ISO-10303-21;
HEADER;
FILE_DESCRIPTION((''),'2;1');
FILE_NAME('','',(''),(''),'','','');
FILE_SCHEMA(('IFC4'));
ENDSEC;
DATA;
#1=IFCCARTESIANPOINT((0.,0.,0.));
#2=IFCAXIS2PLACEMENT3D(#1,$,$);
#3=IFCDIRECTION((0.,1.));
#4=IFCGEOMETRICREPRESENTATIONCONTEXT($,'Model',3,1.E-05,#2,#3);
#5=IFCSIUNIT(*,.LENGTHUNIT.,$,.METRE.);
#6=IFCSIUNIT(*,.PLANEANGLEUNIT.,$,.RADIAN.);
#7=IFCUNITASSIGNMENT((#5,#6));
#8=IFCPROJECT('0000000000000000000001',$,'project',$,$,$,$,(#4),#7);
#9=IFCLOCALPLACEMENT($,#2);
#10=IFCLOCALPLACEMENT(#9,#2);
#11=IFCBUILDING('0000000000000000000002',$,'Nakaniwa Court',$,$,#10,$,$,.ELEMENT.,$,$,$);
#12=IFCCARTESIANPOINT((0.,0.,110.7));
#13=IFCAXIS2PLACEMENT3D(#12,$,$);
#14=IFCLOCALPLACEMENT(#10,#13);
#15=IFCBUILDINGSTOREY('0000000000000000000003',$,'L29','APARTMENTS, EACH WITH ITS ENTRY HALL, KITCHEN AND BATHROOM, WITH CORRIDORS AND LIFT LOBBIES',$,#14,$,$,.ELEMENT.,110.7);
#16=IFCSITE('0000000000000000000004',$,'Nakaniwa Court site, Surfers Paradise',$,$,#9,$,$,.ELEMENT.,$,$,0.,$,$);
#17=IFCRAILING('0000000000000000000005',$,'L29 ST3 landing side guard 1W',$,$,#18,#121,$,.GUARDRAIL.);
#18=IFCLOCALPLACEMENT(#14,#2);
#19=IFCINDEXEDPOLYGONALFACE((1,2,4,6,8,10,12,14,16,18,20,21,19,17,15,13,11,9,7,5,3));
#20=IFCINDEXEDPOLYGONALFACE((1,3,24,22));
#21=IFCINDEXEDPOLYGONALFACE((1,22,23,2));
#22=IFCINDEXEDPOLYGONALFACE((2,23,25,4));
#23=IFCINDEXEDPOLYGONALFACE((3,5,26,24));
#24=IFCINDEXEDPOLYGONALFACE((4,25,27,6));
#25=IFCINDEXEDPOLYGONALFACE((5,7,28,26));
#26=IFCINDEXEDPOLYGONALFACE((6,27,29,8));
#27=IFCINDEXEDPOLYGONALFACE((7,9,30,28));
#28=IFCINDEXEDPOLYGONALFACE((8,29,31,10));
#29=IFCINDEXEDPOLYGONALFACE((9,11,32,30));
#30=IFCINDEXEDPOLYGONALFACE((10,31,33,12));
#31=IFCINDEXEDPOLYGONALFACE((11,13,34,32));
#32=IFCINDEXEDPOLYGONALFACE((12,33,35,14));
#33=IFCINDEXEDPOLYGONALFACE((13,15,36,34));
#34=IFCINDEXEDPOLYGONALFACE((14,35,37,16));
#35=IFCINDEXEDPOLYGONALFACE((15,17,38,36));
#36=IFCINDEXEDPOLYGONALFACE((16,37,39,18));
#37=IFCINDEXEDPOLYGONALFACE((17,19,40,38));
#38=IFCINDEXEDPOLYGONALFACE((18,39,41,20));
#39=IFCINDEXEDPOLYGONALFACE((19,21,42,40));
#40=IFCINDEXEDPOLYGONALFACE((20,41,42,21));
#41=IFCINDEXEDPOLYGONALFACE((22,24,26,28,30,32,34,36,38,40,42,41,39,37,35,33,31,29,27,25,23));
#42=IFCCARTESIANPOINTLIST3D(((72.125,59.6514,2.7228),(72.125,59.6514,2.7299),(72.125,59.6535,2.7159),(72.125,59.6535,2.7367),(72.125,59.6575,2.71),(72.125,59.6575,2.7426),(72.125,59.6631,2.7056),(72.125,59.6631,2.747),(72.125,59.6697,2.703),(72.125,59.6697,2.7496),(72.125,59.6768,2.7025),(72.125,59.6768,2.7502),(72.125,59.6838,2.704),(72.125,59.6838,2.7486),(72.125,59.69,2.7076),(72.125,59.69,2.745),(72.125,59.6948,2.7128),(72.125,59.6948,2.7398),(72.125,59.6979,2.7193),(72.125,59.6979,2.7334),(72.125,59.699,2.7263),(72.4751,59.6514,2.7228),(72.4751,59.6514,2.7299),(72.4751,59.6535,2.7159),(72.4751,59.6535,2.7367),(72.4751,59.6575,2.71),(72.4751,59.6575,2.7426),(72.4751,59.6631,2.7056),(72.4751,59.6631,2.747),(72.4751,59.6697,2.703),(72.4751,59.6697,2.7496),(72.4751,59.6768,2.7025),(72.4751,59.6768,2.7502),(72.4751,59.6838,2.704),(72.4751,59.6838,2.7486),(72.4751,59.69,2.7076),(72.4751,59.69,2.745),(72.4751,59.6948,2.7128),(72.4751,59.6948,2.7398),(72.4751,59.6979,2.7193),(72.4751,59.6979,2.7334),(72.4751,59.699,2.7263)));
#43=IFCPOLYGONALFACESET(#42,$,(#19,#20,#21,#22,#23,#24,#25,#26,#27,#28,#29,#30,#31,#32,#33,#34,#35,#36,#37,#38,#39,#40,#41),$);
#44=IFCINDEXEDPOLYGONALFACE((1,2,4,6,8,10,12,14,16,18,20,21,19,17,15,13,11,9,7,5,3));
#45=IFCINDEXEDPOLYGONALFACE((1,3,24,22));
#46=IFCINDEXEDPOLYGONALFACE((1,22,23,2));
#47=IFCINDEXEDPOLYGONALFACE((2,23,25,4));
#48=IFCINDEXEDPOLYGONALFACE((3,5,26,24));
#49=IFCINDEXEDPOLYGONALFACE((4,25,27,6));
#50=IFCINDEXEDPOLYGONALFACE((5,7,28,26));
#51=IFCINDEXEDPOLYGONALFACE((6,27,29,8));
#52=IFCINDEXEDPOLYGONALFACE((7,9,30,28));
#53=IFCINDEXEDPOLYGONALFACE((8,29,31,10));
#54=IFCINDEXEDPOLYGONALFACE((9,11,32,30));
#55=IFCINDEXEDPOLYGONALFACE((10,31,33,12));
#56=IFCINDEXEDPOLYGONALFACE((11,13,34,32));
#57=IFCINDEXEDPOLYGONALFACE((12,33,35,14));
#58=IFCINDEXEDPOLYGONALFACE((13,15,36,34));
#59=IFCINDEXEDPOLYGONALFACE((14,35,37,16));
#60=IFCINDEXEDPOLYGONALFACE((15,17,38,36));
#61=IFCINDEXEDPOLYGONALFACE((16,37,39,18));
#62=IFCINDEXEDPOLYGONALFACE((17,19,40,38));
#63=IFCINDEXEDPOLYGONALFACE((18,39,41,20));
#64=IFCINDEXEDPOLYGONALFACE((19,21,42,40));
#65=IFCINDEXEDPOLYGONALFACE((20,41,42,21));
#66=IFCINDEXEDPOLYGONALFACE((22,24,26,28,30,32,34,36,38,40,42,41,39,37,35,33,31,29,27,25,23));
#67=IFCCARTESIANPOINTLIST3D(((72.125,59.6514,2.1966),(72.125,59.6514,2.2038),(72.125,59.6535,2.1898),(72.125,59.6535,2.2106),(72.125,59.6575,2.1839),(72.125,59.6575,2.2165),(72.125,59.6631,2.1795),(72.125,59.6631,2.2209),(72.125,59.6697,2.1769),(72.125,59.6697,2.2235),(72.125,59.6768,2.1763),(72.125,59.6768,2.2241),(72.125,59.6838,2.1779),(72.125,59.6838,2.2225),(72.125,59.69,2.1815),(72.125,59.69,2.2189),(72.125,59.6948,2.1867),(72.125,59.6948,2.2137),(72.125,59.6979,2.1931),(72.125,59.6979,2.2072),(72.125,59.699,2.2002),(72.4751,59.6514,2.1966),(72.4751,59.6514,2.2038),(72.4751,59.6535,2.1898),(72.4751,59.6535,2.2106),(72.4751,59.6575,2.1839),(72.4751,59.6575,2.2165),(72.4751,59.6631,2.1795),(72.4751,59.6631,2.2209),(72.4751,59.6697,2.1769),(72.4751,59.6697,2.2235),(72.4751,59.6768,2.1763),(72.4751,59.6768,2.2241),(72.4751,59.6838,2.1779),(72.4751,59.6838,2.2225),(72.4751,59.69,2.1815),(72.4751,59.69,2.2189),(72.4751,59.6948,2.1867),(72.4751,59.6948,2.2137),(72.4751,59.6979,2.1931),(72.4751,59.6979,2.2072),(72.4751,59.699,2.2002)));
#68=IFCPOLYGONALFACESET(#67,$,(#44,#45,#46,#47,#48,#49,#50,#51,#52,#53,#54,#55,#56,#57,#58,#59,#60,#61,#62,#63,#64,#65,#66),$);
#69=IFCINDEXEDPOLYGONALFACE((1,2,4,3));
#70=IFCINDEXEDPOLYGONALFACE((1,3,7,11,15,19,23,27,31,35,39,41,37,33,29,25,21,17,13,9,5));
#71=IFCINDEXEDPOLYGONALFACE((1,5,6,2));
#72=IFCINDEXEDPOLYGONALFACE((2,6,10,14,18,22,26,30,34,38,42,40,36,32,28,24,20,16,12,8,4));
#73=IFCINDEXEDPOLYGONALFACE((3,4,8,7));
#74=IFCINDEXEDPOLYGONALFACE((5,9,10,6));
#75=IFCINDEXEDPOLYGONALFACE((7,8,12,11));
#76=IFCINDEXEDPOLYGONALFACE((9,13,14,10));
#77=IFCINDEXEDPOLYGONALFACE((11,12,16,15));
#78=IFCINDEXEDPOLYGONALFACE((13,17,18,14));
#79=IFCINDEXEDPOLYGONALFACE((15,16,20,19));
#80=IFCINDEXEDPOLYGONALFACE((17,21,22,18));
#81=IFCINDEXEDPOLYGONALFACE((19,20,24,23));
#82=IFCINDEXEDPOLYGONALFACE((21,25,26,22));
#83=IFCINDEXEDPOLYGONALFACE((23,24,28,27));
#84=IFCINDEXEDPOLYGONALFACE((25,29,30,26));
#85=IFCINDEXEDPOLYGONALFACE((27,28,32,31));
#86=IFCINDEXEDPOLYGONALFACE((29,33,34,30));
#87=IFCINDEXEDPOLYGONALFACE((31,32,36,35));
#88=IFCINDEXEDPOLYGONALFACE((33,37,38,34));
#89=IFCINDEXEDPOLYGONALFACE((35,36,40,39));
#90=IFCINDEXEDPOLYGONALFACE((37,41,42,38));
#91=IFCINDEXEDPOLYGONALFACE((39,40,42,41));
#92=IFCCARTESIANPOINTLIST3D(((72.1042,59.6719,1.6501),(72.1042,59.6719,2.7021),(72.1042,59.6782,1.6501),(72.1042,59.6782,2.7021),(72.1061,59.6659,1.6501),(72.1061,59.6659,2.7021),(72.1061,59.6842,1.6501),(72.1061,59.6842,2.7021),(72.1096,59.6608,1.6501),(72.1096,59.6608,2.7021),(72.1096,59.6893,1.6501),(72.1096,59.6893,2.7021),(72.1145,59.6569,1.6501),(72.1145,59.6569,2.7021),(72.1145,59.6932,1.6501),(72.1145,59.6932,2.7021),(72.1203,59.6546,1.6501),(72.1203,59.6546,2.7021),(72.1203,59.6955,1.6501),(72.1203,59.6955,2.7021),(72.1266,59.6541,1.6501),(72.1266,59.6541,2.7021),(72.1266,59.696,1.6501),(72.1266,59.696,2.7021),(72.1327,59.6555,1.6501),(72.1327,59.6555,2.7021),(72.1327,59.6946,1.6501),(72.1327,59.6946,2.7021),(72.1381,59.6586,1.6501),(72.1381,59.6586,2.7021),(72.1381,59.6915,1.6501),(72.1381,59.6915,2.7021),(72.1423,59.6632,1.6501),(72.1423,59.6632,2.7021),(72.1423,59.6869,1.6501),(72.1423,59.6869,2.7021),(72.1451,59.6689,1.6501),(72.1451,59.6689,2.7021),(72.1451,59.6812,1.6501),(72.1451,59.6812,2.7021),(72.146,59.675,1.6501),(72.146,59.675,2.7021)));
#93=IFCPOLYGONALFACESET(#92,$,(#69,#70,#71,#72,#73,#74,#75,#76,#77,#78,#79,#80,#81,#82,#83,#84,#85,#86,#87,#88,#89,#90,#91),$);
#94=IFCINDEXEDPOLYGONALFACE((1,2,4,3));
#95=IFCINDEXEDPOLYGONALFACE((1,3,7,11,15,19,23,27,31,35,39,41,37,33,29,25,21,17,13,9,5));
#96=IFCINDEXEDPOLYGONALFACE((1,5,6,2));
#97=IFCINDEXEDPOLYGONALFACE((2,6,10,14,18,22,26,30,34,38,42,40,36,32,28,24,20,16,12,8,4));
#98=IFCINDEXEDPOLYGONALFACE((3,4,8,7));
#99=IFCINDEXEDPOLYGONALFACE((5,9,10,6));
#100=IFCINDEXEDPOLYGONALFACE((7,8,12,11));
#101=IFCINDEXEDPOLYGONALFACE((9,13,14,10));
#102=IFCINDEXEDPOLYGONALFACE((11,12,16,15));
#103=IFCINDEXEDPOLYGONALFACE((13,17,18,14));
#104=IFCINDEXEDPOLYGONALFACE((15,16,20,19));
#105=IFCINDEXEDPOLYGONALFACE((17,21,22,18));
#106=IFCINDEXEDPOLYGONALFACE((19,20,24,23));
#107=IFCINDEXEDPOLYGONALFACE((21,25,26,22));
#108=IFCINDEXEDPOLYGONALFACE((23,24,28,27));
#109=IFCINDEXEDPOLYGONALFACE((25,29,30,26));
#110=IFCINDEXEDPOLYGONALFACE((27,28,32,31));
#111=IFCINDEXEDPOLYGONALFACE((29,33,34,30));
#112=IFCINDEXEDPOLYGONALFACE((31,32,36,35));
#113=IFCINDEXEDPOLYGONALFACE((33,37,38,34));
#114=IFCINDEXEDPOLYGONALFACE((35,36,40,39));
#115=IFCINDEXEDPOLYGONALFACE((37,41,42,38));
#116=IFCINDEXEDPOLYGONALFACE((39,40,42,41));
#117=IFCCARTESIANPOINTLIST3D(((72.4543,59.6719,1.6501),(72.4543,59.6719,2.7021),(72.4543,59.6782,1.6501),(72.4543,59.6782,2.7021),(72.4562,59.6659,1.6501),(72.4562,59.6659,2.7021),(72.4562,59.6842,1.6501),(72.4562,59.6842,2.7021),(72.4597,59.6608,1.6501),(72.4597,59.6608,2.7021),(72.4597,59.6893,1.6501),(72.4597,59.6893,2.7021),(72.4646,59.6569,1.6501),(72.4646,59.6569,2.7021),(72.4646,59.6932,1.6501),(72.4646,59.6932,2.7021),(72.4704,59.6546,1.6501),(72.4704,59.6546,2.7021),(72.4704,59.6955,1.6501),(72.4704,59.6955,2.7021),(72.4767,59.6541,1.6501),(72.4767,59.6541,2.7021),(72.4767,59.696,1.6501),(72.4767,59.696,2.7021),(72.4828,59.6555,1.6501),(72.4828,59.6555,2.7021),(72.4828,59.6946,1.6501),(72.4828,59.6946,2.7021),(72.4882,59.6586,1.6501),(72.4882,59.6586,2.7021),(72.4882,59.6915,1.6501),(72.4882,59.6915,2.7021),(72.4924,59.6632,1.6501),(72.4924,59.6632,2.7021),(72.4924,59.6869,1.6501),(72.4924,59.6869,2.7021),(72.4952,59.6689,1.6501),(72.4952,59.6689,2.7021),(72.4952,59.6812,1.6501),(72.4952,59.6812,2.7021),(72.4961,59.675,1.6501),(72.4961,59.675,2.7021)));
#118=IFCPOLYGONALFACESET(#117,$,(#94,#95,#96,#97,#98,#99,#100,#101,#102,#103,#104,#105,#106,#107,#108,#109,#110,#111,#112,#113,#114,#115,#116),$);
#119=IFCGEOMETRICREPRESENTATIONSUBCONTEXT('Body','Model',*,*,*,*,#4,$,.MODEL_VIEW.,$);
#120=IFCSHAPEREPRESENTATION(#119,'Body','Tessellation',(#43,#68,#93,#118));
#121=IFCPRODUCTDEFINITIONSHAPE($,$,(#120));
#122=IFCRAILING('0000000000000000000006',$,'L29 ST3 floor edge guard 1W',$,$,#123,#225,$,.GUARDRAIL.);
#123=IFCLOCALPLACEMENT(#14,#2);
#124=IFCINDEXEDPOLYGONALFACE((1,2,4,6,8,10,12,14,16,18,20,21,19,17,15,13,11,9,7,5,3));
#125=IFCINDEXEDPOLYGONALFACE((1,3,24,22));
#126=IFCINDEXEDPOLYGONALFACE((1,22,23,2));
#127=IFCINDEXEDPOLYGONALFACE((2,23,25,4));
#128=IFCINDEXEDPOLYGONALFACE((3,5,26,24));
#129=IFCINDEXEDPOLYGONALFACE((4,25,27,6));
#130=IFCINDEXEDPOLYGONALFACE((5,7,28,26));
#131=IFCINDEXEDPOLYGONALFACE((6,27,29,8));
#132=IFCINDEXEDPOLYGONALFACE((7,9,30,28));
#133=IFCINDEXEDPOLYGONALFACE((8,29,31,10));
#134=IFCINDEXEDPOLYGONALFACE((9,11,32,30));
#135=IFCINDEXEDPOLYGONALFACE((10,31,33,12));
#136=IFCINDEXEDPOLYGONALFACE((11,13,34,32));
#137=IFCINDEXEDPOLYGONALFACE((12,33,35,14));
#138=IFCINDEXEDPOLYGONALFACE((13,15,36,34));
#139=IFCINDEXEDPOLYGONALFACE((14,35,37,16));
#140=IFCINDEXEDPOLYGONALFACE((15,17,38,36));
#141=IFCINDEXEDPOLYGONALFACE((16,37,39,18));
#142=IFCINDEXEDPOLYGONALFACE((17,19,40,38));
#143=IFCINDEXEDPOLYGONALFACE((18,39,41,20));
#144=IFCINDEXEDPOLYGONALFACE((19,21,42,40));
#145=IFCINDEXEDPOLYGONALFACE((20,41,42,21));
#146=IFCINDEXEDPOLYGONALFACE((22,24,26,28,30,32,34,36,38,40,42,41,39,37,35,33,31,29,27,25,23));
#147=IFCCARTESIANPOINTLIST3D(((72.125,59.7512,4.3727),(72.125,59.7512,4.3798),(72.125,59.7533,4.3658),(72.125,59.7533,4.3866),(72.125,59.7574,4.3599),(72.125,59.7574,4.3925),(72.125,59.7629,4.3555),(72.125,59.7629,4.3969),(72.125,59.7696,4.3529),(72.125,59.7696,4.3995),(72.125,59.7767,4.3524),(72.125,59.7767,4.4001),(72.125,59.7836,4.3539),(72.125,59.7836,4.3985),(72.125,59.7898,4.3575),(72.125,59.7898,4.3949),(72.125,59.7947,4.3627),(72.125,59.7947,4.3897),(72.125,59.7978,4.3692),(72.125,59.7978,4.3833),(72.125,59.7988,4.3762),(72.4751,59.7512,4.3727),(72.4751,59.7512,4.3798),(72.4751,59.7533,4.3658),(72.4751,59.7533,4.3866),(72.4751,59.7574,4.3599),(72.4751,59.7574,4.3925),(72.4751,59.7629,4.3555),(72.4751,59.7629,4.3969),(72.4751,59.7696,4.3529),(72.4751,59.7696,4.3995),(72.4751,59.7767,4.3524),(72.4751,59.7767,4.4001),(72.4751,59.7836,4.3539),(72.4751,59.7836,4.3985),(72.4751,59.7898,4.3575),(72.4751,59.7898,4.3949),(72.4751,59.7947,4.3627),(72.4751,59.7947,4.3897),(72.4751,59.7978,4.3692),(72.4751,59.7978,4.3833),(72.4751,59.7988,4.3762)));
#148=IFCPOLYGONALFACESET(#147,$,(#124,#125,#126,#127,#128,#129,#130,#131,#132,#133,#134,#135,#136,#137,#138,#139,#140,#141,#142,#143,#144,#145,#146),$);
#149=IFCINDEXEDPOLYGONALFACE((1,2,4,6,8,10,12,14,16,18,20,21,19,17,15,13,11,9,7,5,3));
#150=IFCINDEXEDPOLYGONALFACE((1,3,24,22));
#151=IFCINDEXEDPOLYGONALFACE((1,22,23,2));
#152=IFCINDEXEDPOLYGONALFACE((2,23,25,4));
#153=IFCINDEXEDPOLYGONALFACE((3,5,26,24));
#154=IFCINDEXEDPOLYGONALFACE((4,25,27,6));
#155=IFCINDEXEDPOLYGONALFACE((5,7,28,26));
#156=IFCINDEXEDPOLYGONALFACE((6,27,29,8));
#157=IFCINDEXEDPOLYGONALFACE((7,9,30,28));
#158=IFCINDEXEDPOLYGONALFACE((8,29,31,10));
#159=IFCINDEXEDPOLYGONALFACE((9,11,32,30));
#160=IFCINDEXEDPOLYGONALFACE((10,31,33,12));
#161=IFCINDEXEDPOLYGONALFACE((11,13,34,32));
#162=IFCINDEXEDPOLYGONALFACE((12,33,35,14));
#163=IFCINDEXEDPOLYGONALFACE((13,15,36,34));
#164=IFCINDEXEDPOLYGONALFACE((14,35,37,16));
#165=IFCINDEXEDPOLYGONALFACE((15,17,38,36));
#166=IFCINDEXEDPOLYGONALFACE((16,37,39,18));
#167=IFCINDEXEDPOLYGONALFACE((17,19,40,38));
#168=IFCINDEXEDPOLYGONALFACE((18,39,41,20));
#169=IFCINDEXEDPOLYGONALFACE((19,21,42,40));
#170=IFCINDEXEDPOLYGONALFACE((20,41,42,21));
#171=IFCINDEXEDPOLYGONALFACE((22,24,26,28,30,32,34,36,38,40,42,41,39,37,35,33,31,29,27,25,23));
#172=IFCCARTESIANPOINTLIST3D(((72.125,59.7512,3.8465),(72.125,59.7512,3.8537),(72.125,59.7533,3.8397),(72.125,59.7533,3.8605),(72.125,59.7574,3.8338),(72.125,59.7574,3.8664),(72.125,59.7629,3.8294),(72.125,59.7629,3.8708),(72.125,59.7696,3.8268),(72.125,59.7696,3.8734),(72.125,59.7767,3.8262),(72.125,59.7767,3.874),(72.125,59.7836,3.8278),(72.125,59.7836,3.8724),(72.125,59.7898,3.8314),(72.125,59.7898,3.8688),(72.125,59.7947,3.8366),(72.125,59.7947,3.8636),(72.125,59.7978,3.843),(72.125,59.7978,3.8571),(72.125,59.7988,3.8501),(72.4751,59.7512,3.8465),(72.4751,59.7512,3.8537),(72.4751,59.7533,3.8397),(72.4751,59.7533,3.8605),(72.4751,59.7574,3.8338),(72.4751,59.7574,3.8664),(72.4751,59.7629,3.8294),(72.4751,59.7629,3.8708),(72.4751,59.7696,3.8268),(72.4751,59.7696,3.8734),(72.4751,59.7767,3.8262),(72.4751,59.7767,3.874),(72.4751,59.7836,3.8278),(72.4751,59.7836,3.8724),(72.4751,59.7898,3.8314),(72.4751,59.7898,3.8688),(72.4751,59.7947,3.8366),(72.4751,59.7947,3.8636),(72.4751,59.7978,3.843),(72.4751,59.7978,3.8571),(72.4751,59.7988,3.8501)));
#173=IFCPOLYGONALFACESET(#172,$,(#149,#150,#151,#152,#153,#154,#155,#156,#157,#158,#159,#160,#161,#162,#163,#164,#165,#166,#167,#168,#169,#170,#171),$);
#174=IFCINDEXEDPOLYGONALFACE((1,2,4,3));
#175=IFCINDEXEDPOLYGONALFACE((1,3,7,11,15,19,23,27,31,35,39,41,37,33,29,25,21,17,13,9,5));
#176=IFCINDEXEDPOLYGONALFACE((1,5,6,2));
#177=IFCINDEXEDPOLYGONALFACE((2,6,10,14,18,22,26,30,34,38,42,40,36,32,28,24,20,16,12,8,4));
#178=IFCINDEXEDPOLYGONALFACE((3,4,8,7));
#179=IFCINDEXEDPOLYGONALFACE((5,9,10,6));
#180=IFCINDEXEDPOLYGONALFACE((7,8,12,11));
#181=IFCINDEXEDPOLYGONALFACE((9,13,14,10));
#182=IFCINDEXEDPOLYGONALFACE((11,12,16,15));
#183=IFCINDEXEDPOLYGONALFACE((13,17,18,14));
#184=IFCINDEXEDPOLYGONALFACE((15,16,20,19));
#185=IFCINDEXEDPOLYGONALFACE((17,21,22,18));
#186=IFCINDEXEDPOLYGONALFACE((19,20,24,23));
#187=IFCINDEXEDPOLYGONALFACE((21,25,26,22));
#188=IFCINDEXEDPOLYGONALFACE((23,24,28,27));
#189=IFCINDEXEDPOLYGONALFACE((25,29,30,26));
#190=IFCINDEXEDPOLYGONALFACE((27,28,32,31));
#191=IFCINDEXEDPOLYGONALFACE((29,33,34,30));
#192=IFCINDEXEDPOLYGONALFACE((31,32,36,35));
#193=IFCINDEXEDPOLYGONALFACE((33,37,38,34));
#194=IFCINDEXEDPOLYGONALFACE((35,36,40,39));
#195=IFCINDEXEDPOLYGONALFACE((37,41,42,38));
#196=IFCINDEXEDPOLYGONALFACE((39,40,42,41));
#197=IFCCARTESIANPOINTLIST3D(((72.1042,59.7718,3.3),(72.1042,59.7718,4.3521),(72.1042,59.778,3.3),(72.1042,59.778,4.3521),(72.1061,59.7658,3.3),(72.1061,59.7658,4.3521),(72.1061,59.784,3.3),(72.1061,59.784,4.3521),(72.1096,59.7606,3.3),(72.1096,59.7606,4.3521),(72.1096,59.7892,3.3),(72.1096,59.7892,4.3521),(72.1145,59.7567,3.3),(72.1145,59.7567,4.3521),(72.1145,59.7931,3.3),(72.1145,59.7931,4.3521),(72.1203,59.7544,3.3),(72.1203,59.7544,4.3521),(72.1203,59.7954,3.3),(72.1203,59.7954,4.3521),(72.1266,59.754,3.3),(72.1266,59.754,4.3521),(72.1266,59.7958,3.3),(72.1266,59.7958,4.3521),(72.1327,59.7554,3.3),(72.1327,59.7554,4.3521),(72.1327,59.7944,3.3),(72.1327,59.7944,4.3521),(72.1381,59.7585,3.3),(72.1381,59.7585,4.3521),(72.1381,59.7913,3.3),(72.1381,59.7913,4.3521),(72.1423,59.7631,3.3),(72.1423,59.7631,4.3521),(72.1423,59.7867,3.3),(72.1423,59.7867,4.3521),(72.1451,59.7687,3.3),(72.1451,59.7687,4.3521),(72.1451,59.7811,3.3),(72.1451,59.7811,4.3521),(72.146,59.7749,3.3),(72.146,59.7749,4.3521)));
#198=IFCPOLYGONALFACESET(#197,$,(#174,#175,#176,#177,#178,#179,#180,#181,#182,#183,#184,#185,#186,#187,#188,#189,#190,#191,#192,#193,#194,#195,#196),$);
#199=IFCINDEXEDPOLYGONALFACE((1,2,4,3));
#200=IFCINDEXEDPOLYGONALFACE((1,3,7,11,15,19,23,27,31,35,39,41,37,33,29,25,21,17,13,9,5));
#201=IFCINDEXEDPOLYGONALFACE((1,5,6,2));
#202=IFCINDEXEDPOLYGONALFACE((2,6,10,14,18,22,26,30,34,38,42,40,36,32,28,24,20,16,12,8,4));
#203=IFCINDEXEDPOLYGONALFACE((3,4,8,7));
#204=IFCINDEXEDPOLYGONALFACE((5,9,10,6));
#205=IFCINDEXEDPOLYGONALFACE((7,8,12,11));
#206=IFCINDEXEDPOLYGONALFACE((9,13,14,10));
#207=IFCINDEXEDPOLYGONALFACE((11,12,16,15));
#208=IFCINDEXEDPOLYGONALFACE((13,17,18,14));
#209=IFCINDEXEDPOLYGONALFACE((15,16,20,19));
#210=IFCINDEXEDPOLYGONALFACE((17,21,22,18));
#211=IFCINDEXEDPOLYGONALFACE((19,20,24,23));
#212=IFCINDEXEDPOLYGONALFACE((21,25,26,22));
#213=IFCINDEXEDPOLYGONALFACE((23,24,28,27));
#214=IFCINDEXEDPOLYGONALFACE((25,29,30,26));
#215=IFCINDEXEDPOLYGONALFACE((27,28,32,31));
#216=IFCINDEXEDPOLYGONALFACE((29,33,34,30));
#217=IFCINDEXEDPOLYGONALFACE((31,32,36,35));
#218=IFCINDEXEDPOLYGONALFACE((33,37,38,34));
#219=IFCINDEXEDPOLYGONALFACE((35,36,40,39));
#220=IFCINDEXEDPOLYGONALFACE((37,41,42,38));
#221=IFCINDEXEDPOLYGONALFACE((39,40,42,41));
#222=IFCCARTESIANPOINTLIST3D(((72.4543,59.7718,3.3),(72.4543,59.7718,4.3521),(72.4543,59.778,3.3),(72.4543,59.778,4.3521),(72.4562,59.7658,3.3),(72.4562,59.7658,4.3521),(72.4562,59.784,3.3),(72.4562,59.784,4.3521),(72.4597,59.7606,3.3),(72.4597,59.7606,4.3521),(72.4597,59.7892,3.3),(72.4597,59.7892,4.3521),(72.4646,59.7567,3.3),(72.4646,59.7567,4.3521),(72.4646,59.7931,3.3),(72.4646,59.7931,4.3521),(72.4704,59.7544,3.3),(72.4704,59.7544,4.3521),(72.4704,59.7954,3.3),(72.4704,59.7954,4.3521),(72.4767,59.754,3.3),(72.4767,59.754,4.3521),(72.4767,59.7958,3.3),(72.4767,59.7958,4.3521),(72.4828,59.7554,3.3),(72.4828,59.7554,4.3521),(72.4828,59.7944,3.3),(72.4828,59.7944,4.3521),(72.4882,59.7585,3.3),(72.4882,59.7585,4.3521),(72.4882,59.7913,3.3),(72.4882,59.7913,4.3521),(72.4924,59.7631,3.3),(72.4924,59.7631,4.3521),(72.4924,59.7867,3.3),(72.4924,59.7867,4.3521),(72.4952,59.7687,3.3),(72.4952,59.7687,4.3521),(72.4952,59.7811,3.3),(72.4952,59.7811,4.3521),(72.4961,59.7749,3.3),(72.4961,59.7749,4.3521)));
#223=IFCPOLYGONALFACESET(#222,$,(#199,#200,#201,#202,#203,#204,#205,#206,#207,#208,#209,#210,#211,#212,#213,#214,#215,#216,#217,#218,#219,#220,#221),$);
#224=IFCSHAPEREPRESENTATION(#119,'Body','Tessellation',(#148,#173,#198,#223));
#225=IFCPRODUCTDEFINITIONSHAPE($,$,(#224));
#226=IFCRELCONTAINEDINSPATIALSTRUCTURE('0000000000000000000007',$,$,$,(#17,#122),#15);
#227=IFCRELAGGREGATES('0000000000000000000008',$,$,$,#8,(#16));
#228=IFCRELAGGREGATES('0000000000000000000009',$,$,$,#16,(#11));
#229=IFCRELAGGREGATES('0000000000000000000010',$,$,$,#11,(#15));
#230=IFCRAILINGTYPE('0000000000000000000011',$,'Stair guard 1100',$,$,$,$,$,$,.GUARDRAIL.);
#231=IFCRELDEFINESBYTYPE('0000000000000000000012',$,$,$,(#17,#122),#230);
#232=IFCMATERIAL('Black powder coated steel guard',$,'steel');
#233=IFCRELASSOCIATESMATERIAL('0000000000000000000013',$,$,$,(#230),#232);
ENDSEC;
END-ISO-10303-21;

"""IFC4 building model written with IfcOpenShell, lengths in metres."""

from ifc_helpers import new_model, si_unit, direction, frame, origin, origin_2d, place, context, subcontext, project, spatial, circle, extrude, material, type_object, element, save


model = new_model("IFC4")

# Units and contexts
model_context = context("Model", 3, precision=1e-05, world=origin(), true_north=direction((0.0, 1.0)))
body_context = subcontext(model_context, "Body", "Model", "MODEL_VIEW")
ifc_project = project(units=[si_unit("LENGTHUNIT", "METRE"), si_unit("PLANEANGLEUNIT", "RADIAN")], contexts=[model_context])

# Site, building, storey
site_placement = place(None, origin())
site = spatial("IfcSite", under=ifc_project, at=site_placement, Name="Nakaniwa Court site, Surfers Paradise", CompositionType="ELEMENT", RefElevation=0.0)
building_placement = place(site_placement, origin())
building = spatial("IfcBuilding", under=site, at=building_placement, Name="Nakaniwa Court", CompositionType="ELEMENT")
storey_placement = place(building_placement, frame((0.0, 0.0, 110.7)))
storey = spatial("IfcBuildingStorey", under=building, at=storey_placement, Name="L29", Description="APARTMENTS, EACH WITH ITS ENTRY HALL, KITCHEN AND BATHROOM, WITH CORRIDORS AND LIFT LOBBIES", CompositionType="ELEMENT", Elevation=110.7)

# Railings
ifc_material_1 = material(Name="Black powder coated steel guard", Category="steel")
railing_type_1 = type_object("IfcRailingType", Name="Stair guard 1100", PredefinedType="GUARDRAIL", material=ifc_material_1)
for number, where, name in (
    (1, (72.125, 59.675, 1.6501), "L29 ST3 landing side guard 1W"),
    (2, (72.125, 59.7749, 3.3), "L29 ST3 floor edge guard 1W"),
):
    element("IfcRailing", number, at=place(storey_placement, frame(where)), inside=storey, type_object=railing_type_1, Name=name, PredefinedType="GUARDRAIL", context=body_context, shape_type="SweptSolid", body=[
        extrude(circle(Radius=0.0239, at=origin_2d()), frame((0.0, 0.0, 1.0762), z_axis=(1.0, 0.0, 0.0), x_axis=(0.0, 1.0, 0.0)), (0.0, 0.0, 1.0), 0.3501),
        extrude(circle(Radius=0.0239, at=origin_2d()), frame((0.0, 0.0, 0.55), z_axis=(1.0, 0.0, 0.0), x_axis=(0.0, 1.0, 0.0)), (0.0, 0.0, 1.0), 0.3501),
        extrude(circle(Radius=0.021, at=origin_2d()), origin(), (0.0, 0.0, 1.0), 1.052),
        extrude(circle(Radius=0.021, at=origin_2d()), frame((0.3501, 0.0, 0.0)), (0.0, 0.0, 1.0), 1.052),
    ])

save(model, "model.ifc")
